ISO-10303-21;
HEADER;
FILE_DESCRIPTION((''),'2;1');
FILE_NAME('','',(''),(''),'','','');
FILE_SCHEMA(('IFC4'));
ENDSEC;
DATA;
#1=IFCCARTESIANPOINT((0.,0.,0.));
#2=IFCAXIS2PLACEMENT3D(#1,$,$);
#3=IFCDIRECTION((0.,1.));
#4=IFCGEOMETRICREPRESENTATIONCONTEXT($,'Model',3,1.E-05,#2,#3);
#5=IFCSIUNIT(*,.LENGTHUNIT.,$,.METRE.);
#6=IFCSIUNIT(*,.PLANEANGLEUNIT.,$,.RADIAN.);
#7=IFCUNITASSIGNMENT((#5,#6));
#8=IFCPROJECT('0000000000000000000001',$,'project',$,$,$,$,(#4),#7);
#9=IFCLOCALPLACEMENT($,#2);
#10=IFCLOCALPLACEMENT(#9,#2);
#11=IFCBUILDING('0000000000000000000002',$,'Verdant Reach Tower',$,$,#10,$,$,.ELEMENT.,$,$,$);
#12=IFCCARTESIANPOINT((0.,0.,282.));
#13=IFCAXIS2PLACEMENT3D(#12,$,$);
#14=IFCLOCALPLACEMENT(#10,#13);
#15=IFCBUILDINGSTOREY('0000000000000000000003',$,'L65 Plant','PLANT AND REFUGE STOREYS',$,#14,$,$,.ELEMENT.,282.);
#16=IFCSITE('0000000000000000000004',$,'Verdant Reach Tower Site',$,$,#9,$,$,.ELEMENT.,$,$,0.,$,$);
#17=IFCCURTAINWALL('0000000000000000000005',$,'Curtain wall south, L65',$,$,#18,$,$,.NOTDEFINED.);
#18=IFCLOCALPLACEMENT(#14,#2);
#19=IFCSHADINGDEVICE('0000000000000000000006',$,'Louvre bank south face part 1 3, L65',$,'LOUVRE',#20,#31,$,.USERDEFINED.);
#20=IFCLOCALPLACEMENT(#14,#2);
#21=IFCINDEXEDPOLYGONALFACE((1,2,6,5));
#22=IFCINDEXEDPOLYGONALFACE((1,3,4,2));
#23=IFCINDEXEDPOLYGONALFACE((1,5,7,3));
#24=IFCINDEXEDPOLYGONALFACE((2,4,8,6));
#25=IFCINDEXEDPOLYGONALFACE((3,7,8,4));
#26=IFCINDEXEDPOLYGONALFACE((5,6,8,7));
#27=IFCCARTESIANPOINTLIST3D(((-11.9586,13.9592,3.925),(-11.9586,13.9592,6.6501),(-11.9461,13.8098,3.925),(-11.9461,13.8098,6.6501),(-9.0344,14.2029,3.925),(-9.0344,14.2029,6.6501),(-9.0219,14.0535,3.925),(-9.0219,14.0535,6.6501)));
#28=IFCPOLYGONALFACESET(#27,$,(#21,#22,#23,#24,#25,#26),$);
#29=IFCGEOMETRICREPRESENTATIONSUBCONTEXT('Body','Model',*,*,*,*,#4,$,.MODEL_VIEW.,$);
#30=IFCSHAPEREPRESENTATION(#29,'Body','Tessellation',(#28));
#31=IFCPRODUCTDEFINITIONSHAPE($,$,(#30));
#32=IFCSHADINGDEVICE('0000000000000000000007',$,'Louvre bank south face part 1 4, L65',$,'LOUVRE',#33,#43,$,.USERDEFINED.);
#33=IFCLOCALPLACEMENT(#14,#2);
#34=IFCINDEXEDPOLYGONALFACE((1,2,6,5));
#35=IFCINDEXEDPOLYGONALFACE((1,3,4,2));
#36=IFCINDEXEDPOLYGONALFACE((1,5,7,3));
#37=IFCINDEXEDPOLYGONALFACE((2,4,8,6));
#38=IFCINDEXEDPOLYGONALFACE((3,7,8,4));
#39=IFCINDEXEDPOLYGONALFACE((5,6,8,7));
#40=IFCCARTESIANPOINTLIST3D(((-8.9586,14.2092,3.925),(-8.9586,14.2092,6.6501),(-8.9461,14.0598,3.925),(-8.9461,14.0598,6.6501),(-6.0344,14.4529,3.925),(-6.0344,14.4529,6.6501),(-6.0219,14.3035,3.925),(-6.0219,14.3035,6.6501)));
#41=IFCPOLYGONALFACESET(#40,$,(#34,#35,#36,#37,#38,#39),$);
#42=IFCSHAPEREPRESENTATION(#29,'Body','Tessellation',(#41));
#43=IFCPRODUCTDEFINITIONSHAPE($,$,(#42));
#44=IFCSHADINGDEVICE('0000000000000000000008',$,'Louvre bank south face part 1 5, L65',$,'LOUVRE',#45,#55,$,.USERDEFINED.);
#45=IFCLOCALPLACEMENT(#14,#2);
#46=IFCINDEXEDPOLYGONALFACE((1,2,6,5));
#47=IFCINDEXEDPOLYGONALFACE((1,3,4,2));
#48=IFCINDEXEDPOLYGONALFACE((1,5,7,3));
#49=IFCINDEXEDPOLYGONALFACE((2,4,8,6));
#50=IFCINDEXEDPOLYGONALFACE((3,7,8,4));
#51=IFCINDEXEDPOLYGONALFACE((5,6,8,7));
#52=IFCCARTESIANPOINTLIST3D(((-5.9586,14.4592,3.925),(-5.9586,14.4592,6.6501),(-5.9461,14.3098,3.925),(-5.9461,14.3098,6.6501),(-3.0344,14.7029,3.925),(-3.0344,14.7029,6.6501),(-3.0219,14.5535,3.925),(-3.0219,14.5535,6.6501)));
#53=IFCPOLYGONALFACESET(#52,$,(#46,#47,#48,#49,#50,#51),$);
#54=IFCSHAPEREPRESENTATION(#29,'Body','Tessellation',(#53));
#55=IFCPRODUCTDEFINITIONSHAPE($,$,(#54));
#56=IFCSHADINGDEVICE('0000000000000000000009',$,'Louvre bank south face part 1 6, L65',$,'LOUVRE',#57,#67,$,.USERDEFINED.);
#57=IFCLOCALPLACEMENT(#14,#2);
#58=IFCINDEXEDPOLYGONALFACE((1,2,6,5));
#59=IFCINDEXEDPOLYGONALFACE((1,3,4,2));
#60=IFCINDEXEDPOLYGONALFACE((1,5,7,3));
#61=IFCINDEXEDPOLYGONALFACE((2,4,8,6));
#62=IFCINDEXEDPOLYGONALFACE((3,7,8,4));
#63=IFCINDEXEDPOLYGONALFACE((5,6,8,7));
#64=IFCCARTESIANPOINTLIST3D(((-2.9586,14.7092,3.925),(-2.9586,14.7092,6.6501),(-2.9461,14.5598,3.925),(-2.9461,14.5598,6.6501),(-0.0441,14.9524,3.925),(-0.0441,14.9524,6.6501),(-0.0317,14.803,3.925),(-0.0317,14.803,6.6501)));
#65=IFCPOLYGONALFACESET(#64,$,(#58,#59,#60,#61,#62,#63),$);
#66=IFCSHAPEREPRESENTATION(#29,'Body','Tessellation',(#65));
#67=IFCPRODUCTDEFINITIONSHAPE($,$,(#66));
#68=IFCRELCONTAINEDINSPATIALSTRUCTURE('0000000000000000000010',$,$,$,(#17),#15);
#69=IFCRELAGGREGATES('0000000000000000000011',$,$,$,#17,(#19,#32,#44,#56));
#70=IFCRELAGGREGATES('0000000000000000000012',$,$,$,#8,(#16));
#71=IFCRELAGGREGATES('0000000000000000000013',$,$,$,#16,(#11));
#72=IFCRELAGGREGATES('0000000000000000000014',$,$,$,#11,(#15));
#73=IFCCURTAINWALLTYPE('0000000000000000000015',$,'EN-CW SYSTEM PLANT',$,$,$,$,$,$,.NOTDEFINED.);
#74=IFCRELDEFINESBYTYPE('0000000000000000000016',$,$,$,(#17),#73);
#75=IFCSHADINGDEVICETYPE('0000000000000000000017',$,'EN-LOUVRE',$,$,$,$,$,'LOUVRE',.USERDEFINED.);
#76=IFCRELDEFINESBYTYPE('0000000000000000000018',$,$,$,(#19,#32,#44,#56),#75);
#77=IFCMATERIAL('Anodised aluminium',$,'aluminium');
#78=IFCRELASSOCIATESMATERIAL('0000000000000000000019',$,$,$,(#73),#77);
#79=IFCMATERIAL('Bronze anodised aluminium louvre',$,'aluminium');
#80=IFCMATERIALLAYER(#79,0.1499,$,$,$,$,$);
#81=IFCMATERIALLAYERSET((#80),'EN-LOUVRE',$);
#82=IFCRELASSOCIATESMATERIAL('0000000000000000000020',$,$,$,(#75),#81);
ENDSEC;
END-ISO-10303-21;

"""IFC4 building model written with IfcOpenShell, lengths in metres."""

from ifc_helpers import new_model, si_unit, direction, frame, origin, origin_2d, place, context, subcontext, project, spatial, rectangle, extrude, material, layer, layer_set, type_object, element, aggregate, save


model = new_model("IFC4")

# Units and contexts
model_context = context("Model", 3, precision=1e-05, world=origin(), true_north=direction((0.0, 1.0)))
body_context = subcontext(model_context, "Body", "Model", "MODEL_VIEW")
ifc_project = project(units=[si_unit("LENGTHUNIT", "METRE"), si_unit("PLANEANGLEUNIT", "RADIAN")], contexts=[model_context])

# Site, building, storey
site_placement = place(None, origin())
site = spatial("IfcSite", under=ifc_project, at=site_placement, Name="Verdant Reach Tower Site", CompositionType="ELEMENT", RefElevation=0.0)
building_placement = place(site_placement, origin())
building = spatial("IfcBuilding", under=site, at=building_placement, Name="Verdant Reach Tower", CompositionType="ELEMENT")
storey_placement = place(building_placement, frame((0.0, 0.0, 282.0)))
storey = spatial("IfcBuildingStorey", under=building, at=storey_placement, Name="L65 Plant", Description="PLANT AND REFUGE STOREYS", CompositionType="ELEMENT", Elevation=282.0)

# Curtain wall
ifc_material_1 = material(Name="Anodised aluminium", Category="aluminium")
curtain_wall_type = type_object("IfcCurtainWallType", Name="EN-CW SYSTEM PLANT", PredefinedType="NOTDEFINED", material=ifc_material_1)
curtain_wall_placement = place(storey_placement, origin())
curtain_wall = element("IfcCurtainWall", 1, at=curtain_wall_placement, inside=storey, type_object=curtain_wall_type, Name="Curtain wall south, L65", PredefinedType="NOTDEFINED")

# Shading devices
ifc_material_2 = material(Name="Bronze anodised aluminium louvre", Category="aluminium")
ifc_layer_1 = layer(ifc_material_2, 0.1499)
ifc_layer_set_1 = layer_set([ifc_layer_1], Name="EN-LOUVRE")
shading_device_type = type_object("IfcShadingDeviceType", Name="EN-LOUVRE", ElementType="LOUVRE", PredefinedType="USERDEFINED", material=ifc_layer_set_1)
shading_device_1_placement = place(storey_placement, frame((-10.4902, 14.0063, 3.925), z_axis=(0.0, 0.0, 1.0), x_axis=(0.996546, 0.083045, 0.0)))
shading_device_1 = element("IfcShadingDevice", 2, at=shading_device_1_placement, type_object=shading_device_type, Name="Louvre bank south face part 1 3, L65", ObjectType="LOUVRE", PredefinedType="USERDEFINED", context=body_context, shape_type="SweptSolid", body=[
    extrude(rectangle(XDim=2.9343, YDim=0.1499, at=origin_2d()), origin(), (0.0, 0.0, 1.0), 2.7251),
])
shading_device_2_placement = place(storey_placement, frame((-7.4902, 14.2563, 3.925), z_axis=(0.0, 0.0, 1.0), x_axis=(0.996546, 0.083045, 0.0)))
shading_device_2 = element("IfcShadingDevice", 3, at=shading_device_2_placement, type_object=shading_device_type, Name="Louvre bank south face part 1 4, L65", ObjectType="LOUVRE", PredefinedType="USERDEFINED", context=body_context, shape_type="SweptSolid", body=[
    extrude(rectangle(XDim=2.9343, YDim=0.1499, at=origin_2d()), origin(), (0.0, 0.0, 1.0), 2.7251),
])
shading_device_3_placement = place(storey_placement, frame((-4.4902, 14.5063, 3.925), z_axis=(0.0, 0.0, 1.0), x_axis=(0.996546, 0.083045, 0.0)))
shading_device_3 = element("IfcShadingDevice", 4, at=shading_device_3_placement, type_object=shading_device_type, Name="Louvre bank south face part 1 5, L65", ObjectType="LOUVRE", PredefinedType="USERDEFINED", context=body_context, shape_type="SweptSolid", body=[
    extrude(rectangle(XDim=2.9343, YDim=0.1499, at=origin_2d()), origin(), (0.0, 0.0, 1.0), 2.7251),
])
shading_device_4_placement = place(storey_placement, frame((-1.4951, 14.7561, 3.925), z_axis=(0.0, 0.0, 1.0), x_axis=(0.996534, 0.083182, 0.0)))
shading_device_4 = element("IfcShadingDevice", 5, at=shading_device_4_placement, type_object=shading_device_type, Name="Louvre bank south face part 1 6, L65", ObjectType="LOUVRE", PredefinedType="USERDEFINED", context=body_context, shape_type="SweptSolid", body=[
    extrude(rectangle(XDim=2.9246, YDim=0.1499, at=origin_2d()), origin(), (0.0, 0.0, 1.0), 2.7251),
])
aggregate(curtain_wall, [shading_device_1, shading_device_2, shading_device_3, shading_device_4])

save(model, "model.ifc")
